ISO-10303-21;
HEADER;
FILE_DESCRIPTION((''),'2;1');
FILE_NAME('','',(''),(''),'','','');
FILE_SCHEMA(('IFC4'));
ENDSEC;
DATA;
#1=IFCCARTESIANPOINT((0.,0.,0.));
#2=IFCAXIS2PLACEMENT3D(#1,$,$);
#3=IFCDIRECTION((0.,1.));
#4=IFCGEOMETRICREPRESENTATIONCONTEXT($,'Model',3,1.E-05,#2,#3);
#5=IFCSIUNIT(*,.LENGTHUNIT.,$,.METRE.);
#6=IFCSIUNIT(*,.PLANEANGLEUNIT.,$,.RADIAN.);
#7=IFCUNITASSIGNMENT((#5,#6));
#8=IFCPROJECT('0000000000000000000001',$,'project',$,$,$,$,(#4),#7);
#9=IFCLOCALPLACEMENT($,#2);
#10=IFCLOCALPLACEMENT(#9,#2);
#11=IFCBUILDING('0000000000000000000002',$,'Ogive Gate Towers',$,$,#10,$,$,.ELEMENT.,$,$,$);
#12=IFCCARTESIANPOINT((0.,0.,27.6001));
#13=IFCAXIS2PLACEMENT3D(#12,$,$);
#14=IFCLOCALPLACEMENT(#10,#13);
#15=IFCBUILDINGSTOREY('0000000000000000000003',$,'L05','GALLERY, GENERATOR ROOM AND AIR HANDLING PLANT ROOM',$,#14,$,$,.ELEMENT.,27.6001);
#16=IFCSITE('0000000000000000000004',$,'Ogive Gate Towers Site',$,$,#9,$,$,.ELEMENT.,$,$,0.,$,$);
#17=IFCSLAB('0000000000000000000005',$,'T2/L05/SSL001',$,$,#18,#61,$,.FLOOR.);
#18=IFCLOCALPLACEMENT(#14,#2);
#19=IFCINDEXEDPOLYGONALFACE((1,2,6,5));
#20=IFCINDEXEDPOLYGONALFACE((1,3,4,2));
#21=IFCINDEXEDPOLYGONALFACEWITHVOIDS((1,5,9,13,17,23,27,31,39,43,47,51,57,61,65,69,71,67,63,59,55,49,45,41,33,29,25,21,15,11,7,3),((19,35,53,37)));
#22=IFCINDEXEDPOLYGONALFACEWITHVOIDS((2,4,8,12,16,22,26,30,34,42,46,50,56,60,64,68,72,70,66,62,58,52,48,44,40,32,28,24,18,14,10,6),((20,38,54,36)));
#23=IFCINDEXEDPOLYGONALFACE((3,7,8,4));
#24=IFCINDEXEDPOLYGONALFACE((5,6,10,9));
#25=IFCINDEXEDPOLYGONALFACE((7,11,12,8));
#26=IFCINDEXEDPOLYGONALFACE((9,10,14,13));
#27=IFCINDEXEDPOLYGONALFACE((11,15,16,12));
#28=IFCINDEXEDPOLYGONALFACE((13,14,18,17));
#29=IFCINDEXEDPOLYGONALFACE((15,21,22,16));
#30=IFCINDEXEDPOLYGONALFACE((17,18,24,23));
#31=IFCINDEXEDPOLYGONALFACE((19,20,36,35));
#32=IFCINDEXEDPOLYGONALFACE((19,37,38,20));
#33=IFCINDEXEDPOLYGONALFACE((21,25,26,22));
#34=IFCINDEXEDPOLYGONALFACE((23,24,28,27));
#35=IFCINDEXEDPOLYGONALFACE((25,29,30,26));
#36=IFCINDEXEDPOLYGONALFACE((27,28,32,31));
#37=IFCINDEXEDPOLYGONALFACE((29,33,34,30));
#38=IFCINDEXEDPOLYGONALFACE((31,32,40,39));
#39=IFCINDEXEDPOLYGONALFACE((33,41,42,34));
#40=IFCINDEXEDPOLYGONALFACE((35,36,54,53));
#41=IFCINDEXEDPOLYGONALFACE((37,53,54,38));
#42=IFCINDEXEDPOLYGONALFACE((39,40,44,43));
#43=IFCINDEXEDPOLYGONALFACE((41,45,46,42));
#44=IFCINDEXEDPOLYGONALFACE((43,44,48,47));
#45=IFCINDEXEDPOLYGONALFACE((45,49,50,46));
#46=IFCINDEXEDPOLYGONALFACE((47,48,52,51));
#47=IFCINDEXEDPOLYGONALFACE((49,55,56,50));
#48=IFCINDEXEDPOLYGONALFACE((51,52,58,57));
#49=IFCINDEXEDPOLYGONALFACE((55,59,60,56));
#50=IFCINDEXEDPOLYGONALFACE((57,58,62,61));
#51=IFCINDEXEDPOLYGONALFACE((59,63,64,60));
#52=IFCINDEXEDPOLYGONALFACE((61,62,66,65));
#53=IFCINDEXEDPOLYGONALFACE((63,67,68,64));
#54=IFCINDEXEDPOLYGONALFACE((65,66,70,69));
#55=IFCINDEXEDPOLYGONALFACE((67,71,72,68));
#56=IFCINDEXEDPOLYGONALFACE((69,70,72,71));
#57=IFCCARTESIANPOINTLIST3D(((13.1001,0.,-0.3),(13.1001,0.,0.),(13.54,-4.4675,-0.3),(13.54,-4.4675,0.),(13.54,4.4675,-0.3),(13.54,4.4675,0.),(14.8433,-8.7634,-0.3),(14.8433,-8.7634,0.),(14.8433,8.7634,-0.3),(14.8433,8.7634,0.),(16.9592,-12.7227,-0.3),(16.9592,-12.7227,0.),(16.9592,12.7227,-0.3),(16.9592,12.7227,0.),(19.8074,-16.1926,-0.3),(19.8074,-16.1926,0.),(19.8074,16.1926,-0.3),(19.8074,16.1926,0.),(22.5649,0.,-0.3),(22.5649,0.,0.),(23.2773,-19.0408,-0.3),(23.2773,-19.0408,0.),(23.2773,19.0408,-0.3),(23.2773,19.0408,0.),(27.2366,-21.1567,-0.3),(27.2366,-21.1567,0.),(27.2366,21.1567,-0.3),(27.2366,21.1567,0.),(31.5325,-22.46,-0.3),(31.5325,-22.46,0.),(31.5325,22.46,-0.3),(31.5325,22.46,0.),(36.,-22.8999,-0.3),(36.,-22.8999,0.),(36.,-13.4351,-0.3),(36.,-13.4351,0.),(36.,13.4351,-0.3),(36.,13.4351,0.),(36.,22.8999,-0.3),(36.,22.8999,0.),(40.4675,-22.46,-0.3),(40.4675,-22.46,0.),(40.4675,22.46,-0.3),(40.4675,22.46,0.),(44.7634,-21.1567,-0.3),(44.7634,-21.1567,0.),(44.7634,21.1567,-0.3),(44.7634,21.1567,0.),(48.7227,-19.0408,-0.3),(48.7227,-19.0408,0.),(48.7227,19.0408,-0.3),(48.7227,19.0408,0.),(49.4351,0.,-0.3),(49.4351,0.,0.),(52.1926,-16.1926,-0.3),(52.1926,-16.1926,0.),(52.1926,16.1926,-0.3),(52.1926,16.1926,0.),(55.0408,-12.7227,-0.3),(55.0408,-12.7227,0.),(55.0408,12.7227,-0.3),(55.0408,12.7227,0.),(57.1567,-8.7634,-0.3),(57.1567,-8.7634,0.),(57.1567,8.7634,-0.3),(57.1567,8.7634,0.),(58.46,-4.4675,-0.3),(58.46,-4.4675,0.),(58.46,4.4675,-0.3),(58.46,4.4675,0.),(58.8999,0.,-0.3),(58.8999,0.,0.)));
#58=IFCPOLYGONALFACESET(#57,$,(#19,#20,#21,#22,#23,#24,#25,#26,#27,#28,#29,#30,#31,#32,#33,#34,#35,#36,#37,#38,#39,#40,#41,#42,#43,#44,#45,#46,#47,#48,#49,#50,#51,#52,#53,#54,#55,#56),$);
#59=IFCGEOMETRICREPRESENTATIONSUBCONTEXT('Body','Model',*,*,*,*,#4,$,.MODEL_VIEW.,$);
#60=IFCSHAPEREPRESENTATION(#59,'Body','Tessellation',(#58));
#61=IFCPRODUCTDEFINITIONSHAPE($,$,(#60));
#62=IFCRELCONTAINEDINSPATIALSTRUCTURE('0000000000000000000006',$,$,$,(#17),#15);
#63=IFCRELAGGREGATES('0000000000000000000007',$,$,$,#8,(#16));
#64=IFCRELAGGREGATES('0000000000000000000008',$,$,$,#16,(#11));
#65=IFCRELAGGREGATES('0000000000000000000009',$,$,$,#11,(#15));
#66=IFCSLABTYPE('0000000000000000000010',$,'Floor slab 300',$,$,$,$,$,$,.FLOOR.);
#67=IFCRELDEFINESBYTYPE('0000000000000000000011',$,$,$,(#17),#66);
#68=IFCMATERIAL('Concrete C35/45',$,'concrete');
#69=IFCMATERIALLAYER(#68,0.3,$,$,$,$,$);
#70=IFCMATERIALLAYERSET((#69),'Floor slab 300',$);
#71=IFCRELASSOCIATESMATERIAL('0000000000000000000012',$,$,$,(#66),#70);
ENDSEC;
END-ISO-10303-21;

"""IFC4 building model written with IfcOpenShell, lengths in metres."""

from ifc_helpers import new_model, si_unit, direction, frame, origin, place, context, subcontext, project, spatial, polyline, outline, extrude, material, layer, layer_set, type_object, element, save


model = new_model("IFC4")

# Units and contexts
model_context = context("Model", 3, precision=1e-05, world=origin(), true_north=direction((0.0, 1.0)))
body_context = subcontext(model_context, "Body", "Model", "MODEL_VIEW")
ifc_project = project(units=[si_unit("LENGTHUNIT", "METRE"), si_unit("PLANEANGLEUNIT", "RADIAN")], contexts=[model_context])

# Site, building, storey
site_placement = place(None, origin())
site = spatial("IfcSite", under=ifc_project, at=site_placement, Name="Ogive Gate Towers Site", CompositionType="ELEMENT", RefElevation=0.0)
building_placement = place(site_placement, origin())
building = spatial("IfcBuilding", under=site, at=building_placement, Name="Ogive Gate Towers", CompositionType="ELEMENT")
storey_placement = place(building_placement, frame((0.0, 0.0, 27.6001)))
storey = spatial("IfcBuildingStorey", under=building, at=storey_placement, Name="L05", Description="GALLERY, GENERATOR ROOM AND AIR HANDLING PLANT ROOM", CompositionType="ELEMENT", Elevation=27.6001)

# Slab
ifc_material_1 = material(Name="Concrete C35/45", Category="concrete")
ifc_layer_1 = layer(ifc_material_1, 0.3)
ifc_layer_set_1 = layer_set([ifc_layer_1], Name="Floor slab 300")
slab_type_1 = type_object("IfcSlabType", Name="Floor slab 300", PredefinedType="FLOOR", material=ifc_layer_set_1)
slab_1_placement = place(storey_placement, frame((0.0, 0.0, -0.3)))
element("IfcSlab", 1, at=slab_1_placement, inside=storey, type_object=slab_type_1, Name="T2/L05/SSL001", PredefinedType="FLOOR", context=body_context, shape_type="SweptSolid", body=[
    extrude(outline(polyline([(58.46, -4.4675), (58.8999, 0.0), (58.46, 4.4675), (57.1567, 8.7634), (55.0408, 12.7227), (52.1926, 16.1926), (48.7227, 19.0408), (44.7634, 21.1567), (40.4675, 22.46), (36.0, 22.8999), (31.5325, 22.46), (27.2366, 21.1567), (23.2773, 19.0408), (19.8074, 16.1926), (16.9592, 12.7227), (14.8433, 8.7634), (13.54, 4.4675), (13.1001, 0.0), (13.54, -4.4675), (14.8433, -8.7634), (16.9592, -12.7227), (19.8074, -16.1926), (23.2773, -19.0408), (27.2366, -21.1567), (31.5325, -22.46), (36.0, -22.8999), (40.4675, -22.46), (44.7634, -21.1567), (48.7227, -19.0408), (52.1926, -16.1926), (55.0408, -12.7227), (57.1567, -8.7634), (58.46, -4.4675)]), holes=[polyline([(49.4351, 0.0), (36.0, -13.4351), (22.5649, 0.0), (36.0, 13.4351), (49.4351, 0.0)])]), origin(), (0.0, 0.0, 1.0), 0.3),
])

save(model, "model.ifc")
